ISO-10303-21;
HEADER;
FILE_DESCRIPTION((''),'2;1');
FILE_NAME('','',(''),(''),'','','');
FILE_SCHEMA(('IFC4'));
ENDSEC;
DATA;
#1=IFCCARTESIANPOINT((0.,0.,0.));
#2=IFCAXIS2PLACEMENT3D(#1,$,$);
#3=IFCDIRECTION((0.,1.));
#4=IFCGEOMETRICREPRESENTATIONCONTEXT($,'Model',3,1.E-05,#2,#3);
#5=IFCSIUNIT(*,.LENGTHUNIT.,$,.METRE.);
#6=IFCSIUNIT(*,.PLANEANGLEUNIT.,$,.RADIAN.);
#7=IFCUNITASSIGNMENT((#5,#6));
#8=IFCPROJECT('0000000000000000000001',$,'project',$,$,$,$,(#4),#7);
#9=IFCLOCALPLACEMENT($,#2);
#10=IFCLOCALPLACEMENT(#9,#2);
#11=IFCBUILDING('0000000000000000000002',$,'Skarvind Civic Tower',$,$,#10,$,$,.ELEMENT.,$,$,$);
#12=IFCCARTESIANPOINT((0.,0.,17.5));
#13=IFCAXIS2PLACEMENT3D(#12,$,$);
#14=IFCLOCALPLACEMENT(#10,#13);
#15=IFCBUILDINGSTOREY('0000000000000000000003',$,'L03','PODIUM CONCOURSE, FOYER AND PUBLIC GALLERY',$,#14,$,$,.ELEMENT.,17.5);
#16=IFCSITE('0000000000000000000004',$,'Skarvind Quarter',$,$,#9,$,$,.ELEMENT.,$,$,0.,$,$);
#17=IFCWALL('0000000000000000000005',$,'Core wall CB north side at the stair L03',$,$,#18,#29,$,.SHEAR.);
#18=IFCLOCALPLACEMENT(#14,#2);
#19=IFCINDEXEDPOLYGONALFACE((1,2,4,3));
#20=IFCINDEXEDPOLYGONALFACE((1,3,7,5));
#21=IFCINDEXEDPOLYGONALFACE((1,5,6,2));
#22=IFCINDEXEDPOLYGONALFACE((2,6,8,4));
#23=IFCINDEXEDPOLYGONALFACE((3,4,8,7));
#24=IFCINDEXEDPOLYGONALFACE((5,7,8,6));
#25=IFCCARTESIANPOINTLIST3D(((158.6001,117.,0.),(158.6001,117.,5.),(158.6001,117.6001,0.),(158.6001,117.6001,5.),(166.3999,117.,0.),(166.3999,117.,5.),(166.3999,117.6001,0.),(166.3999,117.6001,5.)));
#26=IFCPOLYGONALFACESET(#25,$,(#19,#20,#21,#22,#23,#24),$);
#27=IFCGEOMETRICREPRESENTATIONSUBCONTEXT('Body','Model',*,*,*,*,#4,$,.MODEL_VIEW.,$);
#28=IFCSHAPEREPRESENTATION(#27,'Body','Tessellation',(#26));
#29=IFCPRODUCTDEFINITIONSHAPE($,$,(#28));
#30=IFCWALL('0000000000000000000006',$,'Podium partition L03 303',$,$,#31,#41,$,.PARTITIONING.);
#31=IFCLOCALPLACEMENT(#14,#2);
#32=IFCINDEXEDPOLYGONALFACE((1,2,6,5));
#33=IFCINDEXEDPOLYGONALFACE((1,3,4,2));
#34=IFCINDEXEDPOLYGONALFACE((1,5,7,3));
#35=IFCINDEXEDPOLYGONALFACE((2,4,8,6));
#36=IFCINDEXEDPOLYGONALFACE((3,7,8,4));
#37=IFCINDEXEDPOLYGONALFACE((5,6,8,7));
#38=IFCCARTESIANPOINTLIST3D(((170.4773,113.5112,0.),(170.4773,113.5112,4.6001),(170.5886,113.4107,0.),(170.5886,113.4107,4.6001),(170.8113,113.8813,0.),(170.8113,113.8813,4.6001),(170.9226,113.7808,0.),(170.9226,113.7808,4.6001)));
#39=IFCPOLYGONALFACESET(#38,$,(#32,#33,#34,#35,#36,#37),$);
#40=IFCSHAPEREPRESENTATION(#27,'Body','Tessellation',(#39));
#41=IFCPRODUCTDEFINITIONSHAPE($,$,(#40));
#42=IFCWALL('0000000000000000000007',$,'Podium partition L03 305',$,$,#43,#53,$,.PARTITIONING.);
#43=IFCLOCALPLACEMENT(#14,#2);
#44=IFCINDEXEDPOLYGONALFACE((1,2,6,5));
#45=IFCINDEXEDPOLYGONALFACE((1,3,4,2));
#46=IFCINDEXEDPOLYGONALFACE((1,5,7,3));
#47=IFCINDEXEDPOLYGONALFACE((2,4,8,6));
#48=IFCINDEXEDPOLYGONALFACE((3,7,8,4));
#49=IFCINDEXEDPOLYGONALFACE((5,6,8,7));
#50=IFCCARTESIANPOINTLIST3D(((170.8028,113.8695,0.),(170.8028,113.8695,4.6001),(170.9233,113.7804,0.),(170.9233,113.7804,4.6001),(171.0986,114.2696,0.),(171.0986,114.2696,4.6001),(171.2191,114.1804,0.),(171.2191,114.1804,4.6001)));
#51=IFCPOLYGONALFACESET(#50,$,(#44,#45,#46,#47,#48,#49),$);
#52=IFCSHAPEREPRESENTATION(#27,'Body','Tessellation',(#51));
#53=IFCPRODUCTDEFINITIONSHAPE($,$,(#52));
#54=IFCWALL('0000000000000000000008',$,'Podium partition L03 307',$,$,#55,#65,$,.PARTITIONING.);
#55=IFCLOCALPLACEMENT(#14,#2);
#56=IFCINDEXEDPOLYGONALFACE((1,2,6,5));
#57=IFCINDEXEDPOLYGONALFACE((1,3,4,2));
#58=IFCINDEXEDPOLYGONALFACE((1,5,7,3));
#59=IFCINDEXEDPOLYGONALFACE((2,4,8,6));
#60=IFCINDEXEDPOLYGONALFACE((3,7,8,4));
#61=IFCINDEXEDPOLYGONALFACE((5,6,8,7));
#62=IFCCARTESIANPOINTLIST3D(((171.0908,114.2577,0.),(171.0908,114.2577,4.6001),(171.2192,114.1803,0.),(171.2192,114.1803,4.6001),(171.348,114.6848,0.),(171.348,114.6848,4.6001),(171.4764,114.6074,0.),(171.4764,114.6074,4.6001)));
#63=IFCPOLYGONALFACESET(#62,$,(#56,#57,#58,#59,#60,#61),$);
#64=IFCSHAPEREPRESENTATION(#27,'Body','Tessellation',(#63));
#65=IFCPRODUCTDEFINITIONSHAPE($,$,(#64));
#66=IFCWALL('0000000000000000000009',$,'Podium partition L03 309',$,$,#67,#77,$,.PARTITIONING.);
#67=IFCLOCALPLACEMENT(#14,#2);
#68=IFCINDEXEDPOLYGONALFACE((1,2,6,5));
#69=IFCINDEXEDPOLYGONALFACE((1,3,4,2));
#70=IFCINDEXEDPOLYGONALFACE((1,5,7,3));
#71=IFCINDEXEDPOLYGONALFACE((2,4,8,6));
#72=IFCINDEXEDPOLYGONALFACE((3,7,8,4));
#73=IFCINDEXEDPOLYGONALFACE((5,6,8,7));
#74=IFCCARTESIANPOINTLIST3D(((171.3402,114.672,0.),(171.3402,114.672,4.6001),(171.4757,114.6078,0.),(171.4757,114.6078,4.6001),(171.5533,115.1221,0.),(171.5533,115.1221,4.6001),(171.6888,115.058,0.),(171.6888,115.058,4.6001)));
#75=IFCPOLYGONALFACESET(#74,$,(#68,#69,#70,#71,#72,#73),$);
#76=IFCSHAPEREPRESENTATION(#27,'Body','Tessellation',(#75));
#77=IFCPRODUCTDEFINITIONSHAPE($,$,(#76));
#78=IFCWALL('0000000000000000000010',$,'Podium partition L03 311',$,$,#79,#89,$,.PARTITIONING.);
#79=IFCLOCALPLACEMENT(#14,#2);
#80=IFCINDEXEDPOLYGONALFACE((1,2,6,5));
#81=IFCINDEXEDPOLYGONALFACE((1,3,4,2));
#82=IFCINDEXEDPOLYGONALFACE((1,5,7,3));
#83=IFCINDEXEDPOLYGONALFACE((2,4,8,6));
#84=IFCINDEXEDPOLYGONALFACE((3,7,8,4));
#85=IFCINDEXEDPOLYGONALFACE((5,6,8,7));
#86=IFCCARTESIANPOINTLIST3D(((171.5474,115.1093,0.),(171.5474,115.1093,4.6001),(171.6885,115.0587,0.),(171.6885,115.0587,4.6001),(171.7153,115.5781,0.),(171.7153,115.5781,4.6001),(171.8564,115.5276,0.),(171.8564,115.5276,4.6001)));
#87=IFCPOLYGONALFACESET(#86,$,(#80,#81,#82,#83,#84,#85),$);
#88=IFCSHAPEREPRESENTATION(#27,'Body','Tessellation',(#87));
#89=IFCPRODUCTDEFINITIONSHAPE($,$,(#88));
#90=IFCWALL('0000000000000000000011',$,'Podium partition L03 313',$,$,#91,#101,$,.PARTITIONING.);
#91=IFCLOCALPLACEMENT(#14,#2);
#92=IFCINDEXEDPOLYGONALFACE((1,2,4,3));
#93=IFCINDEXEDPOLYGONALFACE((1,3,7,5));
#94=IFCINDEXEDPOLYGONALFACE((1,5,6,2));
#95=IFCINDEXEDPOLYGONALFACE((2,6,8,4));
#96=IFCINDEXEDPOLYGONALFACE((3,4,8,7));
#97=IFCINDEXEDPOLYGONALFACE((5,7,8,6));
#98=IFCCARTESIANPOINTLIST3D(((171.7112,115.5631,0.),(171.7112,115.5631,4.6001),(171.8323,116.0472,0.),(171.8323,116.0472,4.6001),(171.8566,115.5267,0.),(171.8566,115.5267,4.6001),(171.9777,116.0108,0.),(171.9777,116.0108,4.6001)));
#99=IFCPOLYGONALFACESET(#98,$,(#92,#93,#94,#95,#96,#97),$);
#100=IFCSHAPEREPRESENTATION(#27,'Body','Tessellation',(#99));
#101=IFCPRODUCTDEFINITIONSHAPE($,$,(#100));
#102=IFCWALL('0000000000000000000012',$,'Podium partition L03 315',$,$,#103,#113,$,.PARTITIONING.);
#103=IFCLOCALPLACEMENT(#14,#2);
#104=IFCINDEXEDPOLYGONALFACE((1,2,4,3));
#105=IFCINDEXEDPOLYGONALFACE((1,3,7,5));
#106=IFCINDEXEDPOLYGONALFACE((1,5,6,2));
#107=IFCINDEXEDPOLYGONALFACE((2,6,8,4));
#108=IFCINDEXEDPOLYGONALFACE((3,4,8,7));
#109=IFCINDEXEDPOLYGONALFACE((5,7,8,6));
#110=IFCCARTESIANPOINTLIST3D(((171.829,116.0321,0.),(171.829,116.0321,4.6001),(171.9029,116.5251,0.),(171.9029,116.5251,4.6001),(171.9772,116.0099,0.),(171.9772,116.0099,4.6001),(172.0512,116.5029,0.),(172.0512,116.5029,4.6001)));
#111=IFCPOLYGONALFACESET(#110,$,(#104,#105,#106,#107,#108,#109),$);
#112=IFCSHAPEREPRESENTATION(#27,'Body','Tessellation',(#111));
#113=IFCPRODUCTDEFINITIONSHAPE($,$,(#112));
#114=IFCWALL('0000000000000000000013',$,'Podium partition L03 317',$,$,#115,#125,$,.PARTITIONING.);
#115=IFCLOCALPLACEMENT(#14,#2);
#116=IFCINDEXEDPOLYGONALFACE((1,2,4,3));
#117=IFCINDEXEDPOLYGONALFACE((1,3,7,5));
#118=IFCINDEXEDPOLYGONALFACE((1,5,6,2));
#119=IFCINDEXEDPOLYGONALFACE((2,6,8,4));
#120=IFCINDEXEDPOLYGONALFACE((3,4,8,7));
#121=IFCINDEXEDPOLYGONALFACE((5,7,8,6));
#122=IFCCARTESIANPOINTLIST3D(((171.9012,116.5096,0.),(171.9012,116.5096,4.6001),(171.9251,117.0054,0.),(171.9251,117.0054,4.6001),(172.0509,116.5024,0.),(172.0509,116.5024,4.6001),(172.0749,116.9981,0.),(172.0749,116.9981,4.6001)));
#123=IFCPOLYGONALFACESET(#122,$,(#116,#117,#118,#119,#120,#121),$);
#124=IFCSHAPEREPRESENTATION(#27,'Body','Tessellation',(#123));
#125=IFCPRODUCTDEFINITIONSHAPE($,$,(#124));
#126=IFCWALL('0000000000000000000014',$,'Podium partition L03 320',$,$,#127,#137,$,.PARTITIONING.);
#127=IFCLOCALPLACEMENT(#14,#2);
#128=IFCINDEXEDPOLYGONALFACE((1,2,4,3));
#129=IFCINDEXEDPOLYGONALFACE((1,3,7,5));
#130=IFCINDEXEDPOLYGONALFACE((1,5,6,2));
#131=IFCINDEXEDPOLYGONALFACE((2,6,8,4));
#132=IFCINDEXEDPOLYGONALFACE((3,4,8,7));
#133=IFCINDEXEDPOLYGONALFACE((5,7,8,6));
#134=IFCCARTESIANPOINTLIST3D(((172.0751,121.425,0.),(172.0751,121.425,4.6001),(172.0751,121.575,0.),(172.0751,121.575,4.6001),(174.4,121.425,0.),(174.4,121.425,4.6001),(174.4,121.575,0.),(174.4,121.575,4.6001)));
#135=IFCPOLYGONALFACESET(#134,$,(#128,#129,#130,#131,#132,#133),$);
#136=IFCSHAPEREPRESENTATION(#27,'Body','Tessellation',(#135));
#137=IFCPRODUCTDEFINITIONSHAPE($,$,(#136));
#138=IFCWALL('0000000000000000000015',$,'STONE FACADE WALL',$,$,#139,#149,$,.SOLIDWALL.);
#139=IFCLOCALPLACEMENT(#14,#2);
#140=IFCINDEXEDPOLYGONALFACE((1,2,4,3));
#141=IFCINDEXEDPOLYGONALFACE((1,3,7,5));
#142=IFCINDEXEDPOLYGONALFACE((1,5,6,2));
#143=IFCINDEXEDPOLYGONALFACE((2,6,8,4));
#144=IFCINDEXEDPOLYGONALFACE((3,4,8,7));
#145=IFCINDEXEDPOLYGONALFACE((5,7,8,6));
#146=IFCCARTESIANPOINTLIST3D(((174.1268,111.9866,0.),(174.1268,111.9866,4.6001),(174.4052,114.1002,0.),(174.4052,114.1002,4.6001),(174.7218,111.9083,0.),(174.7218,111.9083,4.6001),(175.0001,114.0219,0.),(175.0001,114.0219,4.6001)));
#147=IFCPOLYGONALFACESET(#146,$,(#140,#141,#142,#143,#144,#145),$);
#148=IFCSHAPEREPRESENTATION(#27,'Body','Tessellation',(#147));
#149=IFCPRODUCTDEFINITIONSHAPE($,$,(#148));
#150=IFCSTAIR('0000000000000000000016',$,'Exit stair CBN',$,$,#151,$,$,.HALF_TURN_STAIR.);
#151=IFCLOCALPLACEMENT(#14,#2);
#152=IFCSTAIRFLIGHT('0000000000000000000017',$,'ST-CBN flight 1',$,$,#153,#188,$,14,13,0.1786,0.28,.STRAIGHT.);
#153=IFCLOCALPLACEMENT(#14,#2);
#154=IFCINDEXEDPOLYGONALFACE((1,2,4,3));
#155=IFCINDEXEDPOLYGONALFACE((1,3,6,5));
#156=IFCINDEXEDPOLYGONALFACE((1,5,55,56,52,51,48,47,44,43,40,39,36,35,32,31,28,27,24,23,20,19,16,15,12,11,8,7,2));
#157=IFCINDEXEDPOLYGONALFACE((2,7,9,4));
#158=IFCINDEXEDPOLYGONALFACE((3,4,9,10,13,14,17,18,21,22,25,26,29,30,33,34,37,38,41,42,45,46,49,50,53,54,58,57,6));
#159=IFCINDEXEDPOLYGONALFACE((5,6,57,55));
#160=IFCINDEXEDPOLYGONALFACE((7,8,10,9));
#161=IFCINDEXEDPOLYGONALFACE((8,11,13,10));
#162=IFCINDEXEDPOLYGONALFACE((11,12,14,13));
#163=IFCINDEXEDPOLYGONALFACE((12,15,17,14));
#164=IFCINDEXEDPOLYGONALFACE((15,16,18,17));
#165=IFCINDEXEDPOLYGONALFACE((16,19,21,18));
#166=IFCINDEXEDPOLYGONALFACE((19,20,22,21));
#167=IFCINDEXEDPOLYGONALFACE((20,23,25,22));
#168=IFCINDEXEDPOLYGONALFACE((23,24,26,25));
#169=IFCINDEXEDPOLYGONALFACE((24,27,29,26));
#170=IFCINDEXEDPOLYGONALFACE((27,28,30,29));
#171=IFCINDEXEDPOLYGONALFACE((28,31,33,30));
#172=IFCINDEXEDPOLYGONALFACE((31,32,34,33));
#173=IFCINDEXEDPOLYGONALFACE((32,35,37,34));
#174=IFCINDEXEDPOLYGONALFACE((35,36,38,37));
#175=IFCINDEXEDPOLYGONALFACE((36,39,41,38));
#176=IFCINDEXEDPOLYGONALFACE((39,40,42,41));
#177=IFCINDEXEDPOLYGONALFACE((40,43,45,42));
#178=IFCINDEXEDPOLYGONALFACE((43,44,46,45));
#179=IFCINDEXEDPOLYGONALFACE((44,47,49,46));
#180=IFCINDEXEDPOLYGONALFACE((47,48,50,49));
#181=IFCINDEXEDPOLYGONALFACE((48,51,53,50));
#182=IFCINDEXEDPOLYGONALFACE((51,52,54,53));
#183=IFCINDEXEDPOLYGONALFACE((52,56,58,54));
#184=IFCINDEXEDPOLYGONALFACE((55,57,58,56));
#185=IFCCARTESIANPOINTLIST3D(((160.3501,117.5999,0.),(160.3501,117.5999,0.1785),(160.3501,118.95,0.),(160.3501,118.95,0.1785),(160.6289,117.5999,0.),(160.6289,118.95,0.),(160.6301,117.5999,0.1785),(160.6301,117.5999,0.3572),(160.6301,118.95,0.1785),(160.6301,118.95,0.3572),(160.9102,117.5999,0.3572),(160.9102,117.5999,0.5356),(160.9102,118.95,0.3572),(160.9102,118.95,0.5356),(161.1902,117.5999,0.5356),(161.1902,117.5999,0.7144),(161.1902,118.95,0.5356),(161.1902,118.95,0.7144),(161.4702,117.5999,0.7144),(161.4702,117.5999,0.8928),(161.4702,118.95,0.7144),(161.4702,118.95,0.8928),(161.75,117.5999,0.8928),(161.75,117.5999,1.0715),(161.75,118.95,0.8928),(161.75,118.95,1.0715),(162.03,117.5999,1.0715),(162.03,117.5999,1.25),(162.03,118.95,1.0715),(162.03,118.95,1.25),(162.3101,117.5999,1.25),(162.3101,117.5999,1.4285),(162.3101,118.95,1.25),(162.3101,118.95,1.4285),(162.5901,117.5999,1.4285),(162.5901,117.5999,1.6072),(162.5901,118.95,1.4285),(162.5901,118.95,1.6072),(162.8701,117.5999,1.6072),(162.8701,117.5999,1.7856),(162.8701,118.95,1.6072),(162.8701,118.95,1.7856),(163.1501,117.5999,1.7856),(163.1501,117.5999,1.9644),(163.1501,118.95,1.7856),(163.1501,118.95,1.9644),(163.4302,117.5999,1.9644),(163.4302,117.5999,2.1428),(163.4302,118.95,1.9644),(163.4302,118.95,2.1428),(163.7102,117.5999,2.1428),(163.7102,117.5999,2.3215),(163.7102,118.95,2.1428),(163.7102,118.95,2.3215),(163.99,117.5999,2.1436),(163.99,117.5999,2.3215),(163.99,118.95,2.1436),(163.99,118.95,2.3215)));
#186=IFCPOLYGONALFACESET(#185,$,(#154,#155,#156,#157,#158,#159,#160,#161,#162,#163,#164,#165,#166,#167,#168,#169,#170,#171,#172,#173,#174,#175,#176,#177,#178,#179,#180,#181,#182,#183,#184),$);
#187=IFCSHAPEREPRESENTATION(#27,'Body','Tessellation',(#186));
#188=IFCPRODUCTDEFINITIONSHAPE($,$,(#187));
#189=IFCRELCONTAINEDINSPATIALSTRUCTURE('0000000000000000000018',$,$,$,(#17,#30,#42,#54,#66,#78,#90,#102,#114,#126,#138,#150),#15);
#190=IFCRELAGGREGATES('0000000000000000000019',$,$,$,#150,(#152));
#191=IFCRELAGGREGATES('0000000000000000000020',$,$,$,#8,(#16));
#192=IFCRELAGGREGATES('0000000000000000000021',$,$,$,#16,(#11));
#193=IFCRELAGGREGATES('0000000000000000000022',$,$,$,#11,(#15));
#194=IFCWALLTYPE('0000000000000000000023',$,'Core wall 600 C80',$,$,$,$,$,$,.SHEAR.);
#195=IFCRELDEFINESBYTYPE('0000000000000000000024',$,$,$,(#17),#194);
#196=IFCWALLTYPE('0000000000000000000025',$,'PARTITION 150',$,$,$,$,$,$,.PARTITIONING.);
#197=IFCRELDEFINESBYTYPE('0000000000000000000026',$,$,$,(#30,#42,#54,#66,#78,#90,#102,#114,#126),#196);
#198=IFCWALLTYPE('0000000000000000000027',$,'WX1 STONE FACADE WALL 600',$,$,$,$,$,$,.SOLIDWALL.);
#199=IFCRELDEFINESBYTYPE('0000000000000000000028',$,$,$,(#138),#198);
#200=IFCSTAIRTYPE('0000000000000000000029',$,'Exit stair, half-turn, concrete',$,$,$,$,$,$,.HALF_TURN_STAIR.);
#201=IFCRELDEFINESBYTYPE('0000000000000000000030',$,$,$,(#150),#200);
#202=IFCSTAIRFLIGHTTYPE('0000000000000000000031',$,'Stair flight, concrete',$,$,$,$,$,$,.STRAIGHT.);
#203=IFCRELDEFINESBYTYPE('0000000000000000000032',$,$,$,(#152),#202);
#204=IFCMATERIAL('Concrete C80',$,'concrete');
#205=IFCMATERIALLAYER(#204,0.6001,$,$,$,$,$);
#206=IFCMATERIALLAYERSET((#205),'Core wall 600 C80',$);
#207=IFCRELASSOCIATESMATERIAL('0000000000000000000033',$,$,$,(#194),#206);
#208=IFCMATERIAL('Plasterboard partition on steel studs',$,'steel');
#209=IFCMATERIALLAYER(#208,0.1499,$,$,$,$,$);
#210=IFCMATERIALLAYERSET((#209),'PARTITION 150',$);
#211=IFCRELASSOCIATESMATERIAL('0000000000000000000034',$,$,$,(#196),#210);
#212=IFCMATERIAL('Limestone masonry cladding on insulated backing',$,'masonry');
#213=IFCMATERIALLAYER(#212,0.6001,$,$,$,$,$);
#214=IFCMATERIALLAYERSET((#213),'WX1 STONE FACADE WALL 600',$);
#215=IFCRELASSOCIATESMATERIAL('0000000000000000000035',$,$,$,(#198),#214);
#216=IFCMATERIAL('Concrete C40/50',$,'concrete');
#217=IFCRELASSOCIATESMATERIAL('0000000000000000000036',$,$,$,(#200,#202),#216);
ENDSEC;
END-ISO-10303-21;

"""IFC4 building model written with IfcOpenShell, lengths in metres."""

from ifc_helpers import new_model, si_unit, direction, frame, frame_2d, origin, place, context, subcontext, project, spatial, polyline, rectangle, outline, extrude, material, layer, layer_set, type_object, element, aggregate, save


model = new_model("IFC4")

# Units and contexts
model_context = context("Model", 3, precision=1e-05, world=origin(), true_north=direction((0.0, 1.0)))
body_context = subcontext(model_context, "Body", "Model", "MODEL_VIEW")
ifc_project = project(units=[si_unit("LENGTHUNIT", "METRE"), si_unit("PLANEANGLEUNIT", "RADIAN")], contexts=[model_context])

# Site, building, storey
site_placement = place(None, origin())
site = spatial("IfcSite", under=ifc_project, at=site_placement, Name="Skarvind Quarter", CompositionType="ELEMENT", RefElevation=0.0)
building_placement = place(site_placement, origin())
building = spatial("IfcBuilding", under=site, at=building_placement, Name="Skarvind Civic Tower", CompositionType="ELEMENT")
storey_placement = place(building_placement, frame((0.0, 0.0, 17.5)))
storey = spatial("IfcBuildingStorey", under=building, at=storey_placement, Name="L03", Description="PODIUM CONCOURSE, FOYER AND PUBLIC GALLERY", CompositionType="ELEMENT", Elevation=17.5)

# Shared definitions
ifc_material_1 = material(Name="Concrete C80", Category="concrete")

# Walls
ifc_layer_1 = layer(ifc_material_1, 0.6001)
ifc_layer_set_1 = layer_set([ifc_layer_1], Name="Core wall 600 C80")
wall_type_1 = type_object("IfcWallType", Name="Core wall 600 C80", PredefinedType="SHEAR", material=ifc_layer_set_1)
wall_1_placement = place(storey_placement, frame((166.3999, 117.3, 0.0), z_axis=(0.0, 0.0, 1.0), x_axis=(-1.0, 0.0, 0.0)))
element("IfcWall", 1, at=wall_1_placement, inside=storey, type_object=wall_type_1, Name="Core wall CB north side at the stair L03", PredefinedType="SHEAR", context=body_context, shape_type="SweptSolid", body=[
    extrude(rectangle(XDim=7.7998, YDim=0.6001, at=frame_2d((3.8999, 0.0))), origin(), (0.0, 0.0, 1.0), 5.0),
])
ifc_material_2 = material(Name="Plasterboard partition on steel studs", Category="steel")
ifc_layer_2 = layer(ifc_material_2, 0.1499)
ifc_layer_set_2 = layer_set([ifc_layer_2], Name="PARTITION 150")
wall_type_2 = type_object("IfcWallType", Name="PARTITION 150", PredefinedType="PARTITIONING", material=ifc_layer_set_2)
wall_2_placement = place(storey_placement, frame((170.533, 113.4609, 0.0), z_axis=(0.0, 0.0, 1.0), x_axis=(0.669938, 0.742417, 0.0)))
element("IfcWall", 2, at=wall_2_placement, inside=storey, type_object=wall_type_2, Name="Podium partition L03 303", PredefinedType="PARTITIONING", context=body_context, shape_type="SweptSolid", body=[
    extrude(rectangle(XDim=0.4985, YDim=0.1499, at=frame_2d((0.2493, 0.0))), origin(), (0.0, 0.0, 1.0), 4.6001),
])
wall_3_placement = place(storey_placement, frame((170.863, 113.825, 0.0), z_axis=(0.0, 0.0, 1.0), x_axis=(0.59457, 0.804044, 0.0)))
element("IfcWall", 3, at=wall_3_placement, inside=storey, type_object=wall_type_2, Name="Podium partition L03 305", PredefinedType="PARTITIONING", context=body_context, shape_type="SweptSolid", body=[
    extrude(rectangle(XDim=0.4976, YDim=0.1499, at=frame_2d((0.2488, 0.0))), origin(), (0.0, 0.0, 1.0), 4.6001),
])
wall_4_placement = place(storey_placement, frame((171.155, 114.219, 0.0), z_axis=(0.0, 0.0, 1.0), x_axis=(0.515792, 0.856714, 0.0)))
element("IfcWall", 4, at=wall_4_placement, inside=storey, type_object=wall_type_2, Name="Podium partition L03 307", PredefinedType="PARTITIONING", context=body_context, shape_type="SweptSolid", body=[
    extrude(rectangle(XDim=0.4985, YDim=0.1499, at=frame_2d((0.2493, 0.0))), origin(), (0.0, 0.0, 1.0), 4.6001),
])
for number, where, z_axis, x_axis, name in (
    (5, (171.408, 114.6399, 0.0), (0.0, 0.0, 1.0), (0.427897, 0.903828, 0.0), "Podium partition L03 309"),
    (6, (171.6179, 115.084, 0.0), (0.0, 0.0, 1.0), (0.337174, 0.941442, 0.0), "Podium partition L03 311"),
):
    element("IfcWall", number, at=place(storey_placement, frame(where, z_axis=z_axis, x_axis=x_axis)), inside=storey, type_object=wall_type_2, Name=name, PredefinedType="PARTITIONING", context=body_context, shape_type="SweptSolid", body=[
        extrude(rectangle(XDim=0.498, YDim=0.1499, at=frame_2d((0.249, 0.0))), origin(), (0.0, 0.0, 1.0), 4.6001),
    ])
wall_5_placement = place(storey_placement, frame((171.7839, 115.5449, 0.0), z_axis=(0.0, 0.0, 1.0), x_axis=(0.242651, 0.970114, 0.0)))
element("IfcWall", 7, at=wall_5_placement, inside=storey, type_object=wall_type_2, Name="Podium partition L03 313", PredefinedType="PARTITIONING", context=body_context, shape_type="SweptSolid", body=[
    extrude(rectangle(XDim=0.499, YDim=0.1499, at=frame_2d((0.2495, 0.0))), origin(), (0.0, 0.0, 1.0), 4.6001),
])
wall_6_placement = place(storey_placement, frame((171.9031, 116.021, 0.0), z_axis=(0.0, 0.0, 1.0), x_axis=(0.148412, 0.988926, 0.0)))
element("IfcWall", 8, at=wall_6_placement, inside=storey, type_object=wall_type_2, Name="Podium partition L03 315", PredefinedType="PARTITIONING", context=body_context, shape_type="SweptSolid", body=[
    extrude(rectangle(XDim=0.4985, YDim=0.1499, at=frame_2d((0.2493, 0.0))), origin(), (0.0, 0.0, 1.0), 4.6001),
])
wall_7_placement = place(storey_placement, frame((171.9761, 116.5061, 0.0), z_axis=(0.0, 0.0, 1.0), x_axis=(0.048196, 0.998838, 0.0)))
element("IfcWall", 9, at=wall_7_placement, inside=storey, type_object=wall_type_2, Name="Podium partition L03 317", PredefinedType="PARTITIONING", context=body_context, shape_type="SweptSolid", body=[
    extrude(rectangle(XDim=0.4963, YDim=0.1499, at=frame_2d((0.248, 0.0))), origin(), (0.0, 0.0, 1.0), 4.6001),
])
wall_8_placement = place(storey_placement, frame((172.075, 121.5, 0.0), z_axis=(0.0, 0.0, 1.0), x_axis=(1.0, 0.0, 0.0)))
element("IfcWall", 10, at=wall_8_placement, inside=storey, type_object=wall_type_2, Name="Podium partition L03 320", PredefinedType="PARTITIONING", context=body_context, shape_type="SweptSolid", body=[
    extrude(rectangle(XDim=2.325, YDim=0.1499, at=frame_2d((1.1626, 0.0))), origin(), (0.0, 0.0, 1.0), 4.6001),
])
ifc_material_3 = material(Name="Limestone masonry cladding on insulated backing", Category="masonry")
ifc_layer_3 = layer(ifc_material_3, 0.6001)
ifc_layer_set_3 = layer_set([ifc_layer_3], Name="WX1 STONE FACADE WALL 600")
wall_type_3 = type_object("IfcWallType", Name="WX1 STONE FACADE WALL 600", PredefinedType="SOLIDWALL", material=ifc_layer_set_3)
wall_9_placement = place(storey_placement, frame((174.7026, 114.061, 0.0), z_axis=(0.0, 0.0, 1.0), x_axis=(-0.130558, -0.991441, 0.0)))
element("IfcWall", 11, at=wall_9_placement, inside=storey, type_object=wall_type_3, Name="STONE FACADE WALL", PredefinedType="SOLIDWALL", context=body_context, shape_type="SweptSolid", body=[
    extrude(rectangle(XDim=2.1318, YDim=0.6001, at=frame_2d((1.0659, 0.0))), origin(), (0.0, 0.0, 1.0), 4.6001),
])

# Stair, stair flight
ifc_material_4 = material(Name="Concrete C40/50", Category="concrete")
stair_type = type_object("IfcStairType", Name="Exit stair, half-turn, concrete", PredefinedType="HALF_TURN_STAIR", material=ifc_material_4)
stair_placement = place(storey_placement, origin())
stair = element("IfcStair", 12, at=stair_placement, inside=storey, type_object=stair_type, Name="Exit stair CBN", PredefinedType="HALF_TURN_STAIR")
stair_flight_type = type_object("IfcStairFlightType", Name="Stair flight, concrete", PredefinedType="STRAIGHT", material=ifc_material_4)
stair_flight_1_placement = place(storey_placement, frame((160.3501, 118.2749, 0.0), z_axis=(0.0, 0.0, 1.0), x_axis=(1.0, 0.0, 0.0)))
stair_flight_1 = element("IfcStairFlight", 13, at=stair_flight_1_placement, type_object=stair_flight_type, Name="ST-CBN flight 1", NumberOfRisers=14, NumberOfTreads=13, PredefinedType="STRAIGHT", RiserHeight=0.1786, TreadLength=0.28, context=body_context, shape_type="SweptSolid", body=[
    extrude(outline(polyline([(0.0, 0.0), (0.0, 0.1785), (0.28, 0.1785), (0.28, 0.3572), (0.5601, 0.3572), (0.5601, 0.5356), (0.8401, 0.5356), (0.8401, 0.7144), (1.1201, 0.7144), (1.1201, 0.8928), (1.3999, 0.8928), (1.3999, 1.0715), (1.6799, 1.0715), (1.6799, 1.25), (1.96, 1.25), (1.96, 1.4285), (2.24, 1.4285), (2.24, 1.6072), (2.52, 1.6072), (2.52, 1.7856), (2.8, 1.7856), (2.8, 1.9644), (3.0801, 1.9644), (3.0801, 2.1428), (3.3601, 2.1428), (3.3601, 2.3215), (3.6399, 2.3215), (3.6399, 2.5), (3.6399, 2.1436), (0.2788, 0.0), (0.0, 0.0)])), frame((0.0, 0.675, 0.0), z_axis=(0.0, -1.0, 0.0), x_axis=(1.0, 0.0, 0.0)), (0.0, 0.0, 1.0), 1.3501),
])
aggregate(stair, [stair_flight_1])

save(model, "model.ifc")
